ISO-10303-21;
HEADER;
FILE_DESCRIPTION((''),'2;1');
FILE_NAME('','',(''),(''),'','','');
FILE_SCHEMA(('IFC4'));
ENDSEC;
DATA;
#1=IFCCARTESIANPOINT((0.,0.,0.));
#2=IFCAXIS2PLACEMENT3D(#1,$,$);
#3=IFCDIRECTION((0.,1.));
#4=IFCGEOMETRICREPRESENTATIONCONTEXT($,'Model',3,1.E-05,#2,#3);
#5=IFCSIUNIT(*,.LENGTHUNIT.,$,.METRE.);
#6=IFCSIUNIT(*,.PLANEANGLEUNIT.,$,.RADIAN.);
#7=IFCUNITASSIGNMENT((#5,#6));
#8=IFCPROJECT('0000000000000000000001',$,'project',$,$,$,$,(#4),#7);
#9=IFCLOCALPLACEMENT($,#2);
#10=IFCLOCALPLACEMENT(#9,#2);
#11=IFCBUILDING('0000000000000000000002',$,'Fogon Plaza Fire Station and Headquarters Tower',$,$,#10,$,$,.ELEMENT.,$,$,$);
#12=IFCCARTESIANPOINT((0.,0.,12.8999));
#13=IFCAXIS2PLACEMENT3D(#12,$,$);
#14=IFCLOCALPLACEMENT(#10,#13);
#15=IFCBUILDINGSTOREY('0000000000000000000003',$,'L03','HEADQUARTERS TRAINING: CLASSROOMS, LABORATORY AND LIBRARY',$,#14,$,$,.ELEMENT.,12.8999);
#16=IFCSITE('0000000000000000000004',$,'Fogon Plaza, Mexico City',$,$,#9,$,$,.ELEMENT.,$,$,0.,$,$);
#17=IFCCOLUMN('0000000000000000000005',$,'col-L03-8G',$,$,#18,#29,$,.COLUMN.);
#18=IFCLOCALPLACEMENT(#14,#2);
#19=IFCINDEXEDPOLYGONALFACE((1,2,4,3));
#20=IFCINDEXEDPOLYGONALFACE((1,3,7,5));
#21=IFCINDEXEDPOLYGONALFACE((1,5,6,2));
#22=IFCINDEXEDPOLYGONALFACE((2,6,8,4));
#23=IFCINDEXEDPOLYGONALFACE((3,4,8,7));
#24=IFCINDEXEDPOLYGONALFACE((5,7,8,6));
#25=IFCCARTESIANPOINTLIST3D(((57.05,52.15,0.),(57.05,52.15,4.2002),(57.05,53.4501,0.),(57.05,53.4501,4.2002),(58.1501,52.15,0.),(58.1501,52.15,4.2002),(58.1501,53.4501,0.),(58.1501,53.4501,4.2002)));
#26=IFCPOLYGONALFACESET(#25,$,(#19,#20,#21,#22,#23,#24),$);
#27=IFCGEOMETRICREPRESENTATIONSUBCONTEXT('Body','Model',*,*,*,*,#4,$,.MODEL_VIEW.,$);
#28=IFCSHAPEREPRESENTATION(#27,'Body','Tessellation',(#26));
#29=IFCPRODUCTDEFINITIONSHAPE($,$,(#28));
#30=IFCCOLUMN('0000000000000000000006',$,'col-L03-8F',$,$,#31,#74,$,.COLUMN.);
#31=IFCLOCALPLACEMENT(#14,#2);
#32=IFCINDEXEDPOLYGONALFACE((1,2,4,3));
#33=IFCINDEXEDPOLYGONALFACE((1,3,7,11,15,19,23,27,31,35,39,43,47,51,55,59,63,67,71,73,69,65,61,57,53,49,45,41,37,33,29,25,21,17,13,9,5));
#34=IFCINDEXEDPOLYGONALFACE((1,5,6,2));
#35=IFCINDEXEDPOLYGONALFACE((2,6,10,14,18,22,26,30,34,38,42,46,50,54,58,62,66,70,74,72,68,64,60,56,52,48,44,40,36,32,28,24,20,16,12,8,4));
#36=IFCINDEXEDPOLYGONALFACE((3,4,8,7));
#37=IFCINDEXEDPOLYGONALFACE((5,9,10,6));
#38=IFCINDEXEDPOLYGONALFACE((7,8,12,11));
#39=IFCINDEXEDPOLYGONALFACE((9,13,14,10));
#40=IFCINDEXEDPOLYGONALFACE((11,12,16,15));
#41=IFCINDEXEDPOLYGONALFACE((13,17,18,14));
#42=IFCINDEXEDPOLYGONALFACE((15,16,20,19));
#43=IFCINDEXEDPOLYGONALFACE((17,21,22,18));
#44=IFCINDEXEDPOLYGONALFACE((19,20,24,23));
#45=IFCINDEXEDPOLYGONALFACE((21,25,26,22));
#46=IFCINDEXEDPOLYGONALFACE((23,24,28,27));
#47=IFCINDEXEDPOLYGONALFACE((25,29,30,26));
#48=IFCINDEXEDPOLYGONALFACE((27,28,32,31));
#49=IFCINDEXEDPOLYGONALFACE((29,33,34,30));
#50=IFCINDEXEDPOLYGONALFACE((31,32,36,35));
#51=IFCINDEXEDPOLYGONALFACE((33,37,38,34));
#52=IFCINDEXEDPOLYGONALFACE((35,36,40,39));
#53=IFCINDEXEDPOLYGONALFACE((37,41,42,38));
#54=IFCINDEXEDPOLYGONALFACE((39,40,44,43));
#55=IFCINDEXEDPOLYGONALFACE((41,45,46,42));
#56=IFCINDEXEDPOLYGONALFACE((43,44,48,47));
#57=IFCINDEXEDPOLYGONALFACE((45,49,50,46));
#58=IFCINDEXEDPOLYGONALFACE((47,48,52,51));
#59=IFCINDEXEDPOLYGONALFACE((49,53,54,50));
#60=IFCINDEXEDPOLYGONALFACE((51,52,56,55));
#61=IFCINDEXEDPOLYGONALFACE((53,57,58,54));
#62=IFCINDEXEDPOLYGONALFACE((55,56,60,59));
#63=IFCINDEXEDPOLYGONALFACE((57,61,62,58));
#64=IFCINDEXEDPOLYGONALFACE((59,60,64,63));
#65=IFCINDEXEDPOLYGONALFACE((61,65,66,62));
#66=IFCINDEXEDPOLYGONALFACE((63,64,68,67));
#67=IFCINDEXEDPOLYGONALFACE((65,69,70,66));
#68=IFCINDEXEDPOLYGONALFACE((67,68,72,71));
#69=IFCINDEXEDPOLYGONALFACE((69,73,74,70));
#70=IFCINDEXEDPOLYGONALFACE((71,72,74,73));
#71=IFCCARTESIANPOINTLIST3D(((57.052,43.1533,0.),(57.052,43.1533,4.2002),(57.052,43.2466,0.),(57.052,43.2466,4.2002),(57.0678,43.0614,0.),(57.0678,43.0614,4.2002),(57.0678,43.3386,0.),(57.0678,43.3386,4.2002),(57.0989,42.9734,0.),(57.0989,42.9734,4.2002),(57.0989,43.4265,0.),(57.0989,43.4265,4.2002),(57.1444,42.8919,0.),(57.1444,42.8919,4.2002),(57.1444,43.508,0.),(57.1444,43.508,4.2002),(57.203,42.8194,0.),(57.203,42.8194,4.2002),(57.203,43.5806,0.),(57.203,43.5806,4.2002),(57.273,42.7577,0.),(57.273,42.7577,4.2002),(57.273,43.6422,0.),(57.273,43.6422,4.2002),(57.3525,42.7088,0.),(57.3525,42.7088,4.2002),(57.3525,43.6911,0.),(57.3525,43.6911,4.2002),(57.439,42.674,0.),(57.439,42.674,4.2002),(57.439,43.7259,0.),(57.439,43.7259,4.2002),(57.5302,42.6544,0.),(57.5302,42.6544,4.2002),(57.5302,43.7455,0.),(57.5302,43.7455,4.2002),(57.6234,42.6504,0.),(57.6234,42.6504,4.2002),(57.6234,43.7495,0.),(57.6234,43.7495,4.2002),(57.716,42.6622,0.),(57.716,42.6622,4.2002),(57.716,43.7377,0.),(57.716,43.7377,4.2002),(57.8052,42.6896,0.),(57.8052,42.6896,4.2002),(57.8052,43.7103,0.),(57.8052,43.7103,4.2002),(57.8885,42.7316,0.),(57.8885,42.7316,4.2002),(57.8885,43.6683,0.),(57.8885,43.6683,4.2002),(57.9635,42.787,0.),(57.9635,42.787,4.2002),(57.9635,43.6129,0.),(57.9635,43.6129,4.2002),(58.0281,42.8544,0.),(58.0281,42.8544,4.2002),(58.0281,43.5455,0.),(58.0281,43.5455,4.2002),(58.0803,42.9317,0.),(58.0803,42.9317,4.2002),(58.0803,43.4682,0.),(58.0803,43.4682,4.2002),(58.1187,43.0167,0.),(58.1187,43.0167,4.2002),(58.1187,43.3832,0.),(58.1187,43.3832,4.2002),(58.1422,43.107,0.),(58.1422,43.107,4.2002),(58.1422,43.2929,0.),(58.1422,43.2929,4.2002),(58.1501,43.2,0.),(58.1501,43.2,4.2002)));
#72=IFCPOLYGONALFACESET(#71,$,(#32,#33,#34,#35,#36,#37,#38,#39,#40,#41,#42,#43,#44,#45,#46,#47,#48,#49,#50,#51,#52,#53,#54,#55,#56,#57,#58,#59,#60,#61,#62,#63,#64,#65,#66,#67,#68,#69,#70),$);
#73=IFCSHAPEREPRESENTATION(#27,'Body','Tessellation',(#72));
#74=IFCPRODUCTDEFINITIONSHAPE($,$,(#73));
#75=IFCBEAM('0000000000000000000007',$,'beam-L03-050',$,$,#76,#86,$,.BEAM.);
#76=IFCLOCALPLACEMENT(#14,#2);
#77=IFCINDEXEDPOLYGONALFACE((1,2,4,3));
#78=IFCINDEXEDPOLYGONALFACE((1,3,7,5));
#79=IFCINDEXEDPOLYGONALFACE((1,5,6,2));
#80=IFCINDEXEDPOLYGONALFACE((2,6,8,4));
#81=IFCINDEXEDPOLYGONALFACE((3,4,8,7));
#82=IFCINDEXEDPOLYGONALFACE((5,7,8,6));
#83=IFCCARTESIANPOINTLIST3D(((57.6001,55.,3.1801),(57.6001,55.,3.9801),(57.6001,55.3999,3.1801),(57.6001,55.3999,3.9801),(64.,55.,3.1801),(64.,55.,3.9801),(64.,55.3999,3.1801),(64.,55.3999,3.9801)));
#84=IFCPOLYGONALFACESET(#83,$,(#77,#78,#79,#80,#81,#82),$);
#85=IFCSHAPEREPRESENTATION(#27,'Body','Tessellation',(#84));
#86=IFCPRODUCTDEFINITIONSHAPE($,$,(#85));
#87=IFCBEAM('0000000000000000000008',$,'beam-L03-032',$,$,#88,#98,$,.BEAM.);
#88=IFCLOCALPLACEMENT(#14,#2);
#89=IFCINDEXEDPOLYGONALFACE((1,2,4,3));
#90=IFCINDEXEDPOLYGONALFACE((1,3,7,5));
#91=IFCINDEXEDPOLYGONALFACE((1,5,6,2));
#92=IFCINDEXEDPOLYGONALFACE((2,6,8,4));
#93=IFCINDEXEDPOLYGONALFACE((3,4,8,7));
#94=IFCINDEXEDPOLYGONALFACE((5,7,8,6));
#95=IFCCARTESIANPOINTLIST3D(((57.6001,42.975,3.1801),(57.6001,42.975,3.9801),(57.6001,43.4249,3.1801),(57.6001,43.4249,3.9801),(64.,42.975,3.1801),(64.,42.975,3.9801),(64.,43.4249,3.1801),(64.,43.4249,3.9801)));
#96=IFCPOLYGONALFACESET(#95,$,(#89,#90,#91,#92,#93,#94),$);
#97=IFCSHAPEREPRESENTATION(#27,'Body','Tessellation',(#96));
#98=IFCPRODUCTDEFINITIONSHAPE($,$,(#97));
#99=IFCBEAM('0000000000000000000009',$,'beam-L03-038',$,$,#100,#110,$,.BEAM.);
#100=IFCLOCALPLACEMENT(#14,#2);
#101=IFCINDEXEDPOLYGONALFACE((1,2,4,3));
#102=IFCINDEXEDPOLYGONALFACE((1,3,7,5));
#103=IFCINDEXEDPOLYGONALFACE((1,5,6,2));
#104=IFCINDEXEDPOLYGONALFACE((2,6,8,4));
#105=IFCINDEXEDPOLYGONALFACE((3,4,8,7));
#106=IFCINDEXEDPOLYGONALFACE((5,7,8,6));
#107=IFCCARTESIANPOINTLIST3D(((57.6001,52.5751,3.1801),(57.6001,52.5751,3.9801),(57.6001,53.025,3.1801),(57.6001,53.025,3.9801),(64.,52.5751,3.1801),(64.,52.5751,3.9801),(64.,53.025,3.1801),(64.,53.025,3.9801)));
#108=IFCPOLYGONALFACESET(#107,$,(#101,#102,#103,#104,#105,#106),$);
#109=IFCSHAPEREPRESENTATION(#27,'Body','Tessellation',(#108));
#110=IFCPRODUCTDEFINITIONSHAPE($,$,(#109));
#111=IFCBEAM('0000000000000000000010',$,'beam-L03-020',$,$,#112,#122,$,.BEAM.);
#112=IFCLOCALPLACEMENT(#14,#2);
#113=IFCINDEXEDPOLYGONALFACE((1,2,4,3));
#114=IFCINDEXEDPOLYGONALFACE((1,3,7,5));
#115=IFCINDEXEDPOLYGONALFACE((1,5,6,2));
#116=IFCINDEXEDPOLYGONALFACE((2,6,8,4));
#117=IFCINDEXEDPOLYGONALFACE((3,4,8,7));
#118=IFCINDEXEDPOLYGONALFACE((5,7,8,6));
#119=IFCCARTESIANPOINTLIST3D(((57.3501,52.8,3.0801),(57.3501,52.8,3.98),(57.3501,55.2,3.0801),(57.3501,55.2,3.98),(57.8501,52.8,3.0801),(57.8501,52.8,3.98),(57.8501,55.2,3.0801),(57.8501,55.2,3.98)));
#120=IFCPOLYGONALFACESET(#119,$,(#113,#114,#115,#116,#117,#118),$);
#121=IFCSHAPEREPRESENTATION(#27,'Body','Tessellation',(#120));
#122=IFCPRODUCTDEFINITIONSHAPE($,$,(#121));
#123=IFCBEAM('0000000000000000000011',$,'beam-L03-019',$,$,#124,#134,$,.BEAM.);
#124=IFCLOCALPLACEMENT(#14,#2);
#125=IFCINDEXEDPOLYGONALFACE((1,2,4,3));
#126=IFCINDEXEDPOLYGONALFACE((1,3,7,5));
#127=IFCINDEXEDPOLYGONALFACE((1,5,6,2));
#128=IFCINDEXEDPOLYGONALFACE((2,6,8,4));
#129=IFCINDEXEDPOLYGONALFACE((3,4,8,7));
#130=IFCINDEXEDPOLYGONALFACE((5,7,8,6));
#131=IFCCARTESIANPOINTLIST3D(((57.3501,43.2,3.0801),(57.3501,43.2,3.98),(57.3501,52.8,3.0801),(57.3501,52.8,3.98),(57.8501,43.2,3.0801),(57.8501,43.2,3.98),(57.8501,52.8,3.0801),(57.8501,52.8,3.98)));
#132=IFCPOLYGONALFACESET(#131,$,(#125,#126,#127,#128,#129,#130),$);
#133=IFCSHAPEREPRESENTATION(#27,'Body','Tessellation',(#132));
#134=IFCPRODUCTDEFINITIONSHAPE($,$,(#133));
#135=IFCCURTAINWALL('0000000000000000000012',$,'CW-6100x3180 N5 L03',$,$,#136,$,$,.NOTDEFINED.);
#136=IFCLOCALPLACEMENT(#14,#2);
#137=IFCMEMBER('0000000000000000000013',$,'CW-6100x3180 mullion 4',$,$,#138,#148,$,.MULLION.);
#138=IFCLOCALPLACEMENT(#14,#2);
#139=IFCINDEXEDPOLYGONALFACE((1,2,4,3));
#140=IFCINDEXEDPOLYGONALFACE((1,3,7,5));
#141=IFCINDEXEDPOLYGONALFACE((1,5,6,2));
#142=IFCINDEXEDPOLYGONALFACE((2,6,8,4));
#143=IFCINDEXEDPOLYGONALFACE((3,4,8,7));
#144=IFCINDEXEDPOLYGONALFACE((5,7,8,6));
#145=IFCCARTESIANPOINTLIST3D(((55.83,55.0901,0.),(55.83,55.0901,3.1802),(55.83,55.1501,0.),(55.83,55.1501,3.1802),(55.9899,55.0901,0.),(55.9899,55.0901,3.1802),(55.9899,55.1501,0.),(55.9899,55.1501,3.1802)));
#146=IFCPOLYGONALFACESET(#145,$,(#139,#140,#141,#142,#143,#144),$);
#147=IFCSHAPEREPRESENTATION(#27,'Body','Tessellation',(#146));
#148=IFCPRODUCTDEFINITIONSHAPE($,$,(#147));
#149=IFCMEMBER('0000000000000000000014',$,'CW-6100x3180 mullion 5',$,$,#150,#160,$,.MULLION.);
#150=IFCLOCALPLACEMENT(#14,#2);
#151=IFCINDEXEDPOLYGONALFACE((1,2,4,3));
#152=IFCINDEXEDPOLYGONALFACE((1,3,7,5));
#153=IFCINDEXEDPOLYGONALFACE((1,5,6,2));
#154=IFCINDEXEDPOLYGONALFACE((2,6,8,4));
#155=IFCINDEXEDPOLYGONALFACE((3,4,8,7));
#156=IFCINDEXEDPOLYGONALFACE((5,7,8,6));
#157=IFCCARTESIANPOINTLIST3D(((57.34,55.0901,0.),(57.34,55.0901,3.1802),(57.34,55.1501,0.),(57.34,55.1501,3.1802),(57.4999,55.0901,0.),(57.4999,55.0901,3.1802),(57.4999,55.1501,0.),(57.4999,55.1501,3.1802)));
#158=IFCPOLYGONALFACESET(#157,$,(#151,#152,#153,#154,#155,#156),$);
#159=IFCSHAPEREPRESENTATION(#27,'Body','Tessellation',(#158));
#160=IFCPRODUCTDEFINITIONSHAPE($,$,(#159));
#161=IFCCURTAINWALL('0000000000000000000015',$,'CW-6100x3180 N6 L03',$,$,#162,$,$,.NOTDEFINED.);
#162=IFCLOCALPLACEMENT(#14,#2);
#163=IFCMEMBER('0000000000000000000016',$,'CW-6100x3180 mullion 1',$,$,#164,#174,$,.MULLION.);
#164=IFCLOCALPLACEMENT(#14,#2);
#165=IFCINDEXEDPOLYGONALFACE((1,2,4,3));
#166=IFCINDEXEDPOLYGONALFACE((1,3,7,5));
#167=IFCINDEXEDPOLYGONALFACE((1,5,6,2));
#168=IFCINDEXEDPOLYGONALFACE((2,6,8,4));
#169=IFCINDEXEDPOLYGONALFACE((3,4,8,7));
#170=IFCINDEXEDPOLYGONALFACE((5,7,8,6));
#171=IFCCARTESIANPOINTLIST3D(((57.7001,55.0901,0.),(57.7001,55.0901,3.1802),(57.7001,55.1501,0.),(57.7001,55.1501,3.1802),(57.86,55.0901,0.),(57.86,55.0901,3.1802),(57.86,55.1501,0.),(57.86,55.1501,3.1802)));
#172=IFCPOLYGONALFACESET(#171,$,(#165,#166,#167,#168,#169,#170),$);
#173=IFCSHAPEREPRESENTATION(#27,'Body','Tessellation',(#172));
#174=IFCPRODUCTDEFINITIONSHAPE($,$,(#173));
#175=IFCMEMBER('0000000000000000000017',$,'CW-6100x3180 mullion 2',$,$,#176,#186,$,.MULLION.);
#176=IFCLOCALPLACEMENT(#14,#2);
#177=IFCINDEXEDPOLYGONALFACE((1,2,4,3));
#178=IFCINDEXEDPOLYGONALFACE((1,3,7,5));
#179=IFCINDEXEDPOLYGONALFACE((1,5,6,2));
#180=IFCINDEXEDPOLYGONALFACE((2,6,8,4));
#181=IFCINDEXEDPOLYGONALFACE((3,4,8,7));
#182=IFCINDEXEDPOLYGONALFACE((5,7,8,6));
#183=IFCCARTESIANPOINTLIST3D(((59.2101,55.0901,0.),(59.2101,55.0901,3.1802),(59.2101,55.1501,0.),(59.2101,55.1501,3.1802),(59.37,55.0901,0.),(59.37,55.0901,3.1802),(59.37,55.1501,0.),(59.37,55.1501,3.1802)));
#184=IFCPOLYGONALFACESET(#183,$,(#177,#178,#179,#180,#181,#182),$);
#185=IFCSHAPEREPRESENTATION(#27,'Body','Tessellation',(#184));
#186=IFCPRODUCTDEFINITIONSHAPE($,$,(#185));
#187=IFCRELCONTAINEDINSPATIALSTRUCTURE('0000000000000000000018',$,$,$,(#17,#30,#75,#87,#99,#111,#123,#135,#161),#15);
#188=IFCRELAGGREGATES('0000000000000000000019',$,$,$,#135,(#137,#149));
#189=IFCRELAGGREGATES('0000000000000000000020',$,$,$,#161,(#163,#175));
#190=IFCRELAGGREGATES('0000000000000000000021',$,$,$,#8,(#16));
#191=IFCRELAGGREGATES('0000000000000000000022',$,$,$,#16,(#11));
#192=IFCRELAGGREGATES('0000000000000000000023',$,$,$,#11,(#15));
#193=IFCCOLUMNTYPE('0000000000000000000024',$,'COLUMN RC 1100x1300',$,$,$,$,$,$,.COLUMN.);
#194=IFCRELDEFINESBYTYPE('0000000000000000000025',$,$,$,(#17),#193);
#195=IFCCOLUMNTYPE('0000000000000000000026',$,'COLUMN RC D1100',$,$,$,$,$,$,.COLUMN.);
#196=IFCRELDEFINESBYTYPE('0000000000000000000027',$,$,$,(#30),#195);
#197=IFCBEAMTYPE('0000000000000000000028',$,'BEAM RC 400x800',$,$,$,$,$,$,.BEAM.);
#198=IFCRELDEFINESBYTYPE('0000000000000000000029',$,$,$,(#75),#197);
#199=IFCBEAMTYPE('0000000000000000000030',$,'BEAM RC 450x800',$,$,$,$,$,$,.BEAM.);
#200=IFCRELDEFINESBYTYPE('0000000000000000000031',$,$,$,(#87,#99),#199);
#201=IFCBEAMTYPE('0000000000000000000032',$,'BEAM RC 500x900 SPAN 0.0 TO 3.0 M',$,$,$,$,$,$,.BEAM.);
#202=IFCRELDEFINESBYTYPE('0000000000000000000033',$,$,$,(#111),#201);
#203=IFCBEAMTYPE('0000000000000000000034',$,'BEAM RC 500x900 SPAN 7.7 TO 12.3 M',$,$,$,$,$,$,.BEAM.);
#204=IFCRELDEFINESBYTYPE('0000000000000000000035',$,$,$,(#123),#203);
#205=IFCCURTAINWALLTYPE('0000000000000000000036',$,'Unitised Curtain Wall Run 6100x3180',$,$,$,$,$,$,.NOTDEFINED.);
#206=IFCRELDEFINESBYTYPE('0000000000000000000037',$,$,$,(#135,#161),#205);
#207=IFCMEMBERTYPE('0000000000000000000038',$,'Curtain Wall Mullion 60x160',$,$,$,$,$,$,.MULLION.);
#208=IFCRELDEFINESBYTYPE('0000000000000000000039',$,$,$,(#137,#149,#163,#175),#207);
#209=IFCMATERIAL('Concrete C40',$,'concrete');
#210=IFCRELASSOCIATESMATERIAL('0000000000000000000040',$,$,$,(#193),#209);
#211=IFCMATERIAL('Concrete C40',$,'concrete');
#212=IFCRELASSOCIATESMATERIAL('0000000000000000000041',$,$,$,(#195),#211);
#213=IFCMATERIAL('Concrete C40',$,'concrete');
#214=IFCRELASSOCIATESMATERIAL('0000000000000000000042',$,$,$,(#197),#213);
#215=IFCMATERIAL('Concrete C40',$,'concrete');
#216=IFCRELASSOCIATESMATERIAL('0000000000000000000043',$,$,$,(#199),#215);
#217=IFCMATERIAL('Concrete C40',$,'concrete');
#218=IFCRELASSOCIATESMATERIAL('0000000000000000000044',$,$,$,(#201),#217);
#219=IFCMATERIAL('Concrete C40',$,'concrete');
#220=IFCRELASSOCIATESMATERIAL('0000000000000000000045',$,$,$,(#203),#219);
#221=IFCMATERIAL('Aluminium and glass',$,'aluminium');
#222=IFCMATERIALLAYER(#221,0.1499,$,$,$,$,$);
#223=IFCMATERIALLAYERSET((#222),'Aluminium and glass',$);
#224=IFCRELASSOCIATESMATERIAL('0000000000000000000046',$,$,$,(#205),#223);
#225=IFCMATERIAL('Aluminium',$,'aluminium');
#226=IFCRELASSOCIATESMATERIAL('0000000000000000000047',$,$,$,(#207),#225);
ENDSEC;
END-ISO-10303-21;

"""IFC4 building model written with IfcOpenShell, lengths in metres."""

from ifc_helpers import new_model, si_unit, direction, frame, origin, origin_2d, place, context, subcontext, project, spatial, rectangle, circle, extrude, material, layer, layer_set, material_profile, profile_set, type_object, element, aggregate, save


model = new_model("IFC4")

# Units and contexts
model_context = context("Model", 3, precision=1e-05, world=origin(), true_north=direction((0.0, 1.0)))
body_context = subcontext(model_context, "Body", "Model", "MODEL_VIEW")
ifc_project = project(units=[si_unit("LENGTHUNIT", "METRE"), si_unit("PLANEANGLEUNIT", "RADIAN")], contexts=[model_context])

# Site, building, storey
site_placement = place(None, origin())
site = spatial("IfcSite", under=ifc_project, at=site_placement, Name="Fogon Plaza, Mexico City", CompositionType="ELEMENT", RefElevation=0.0)
building_placement = place(site_placement, origin())
building = spatial("IfcBuilding", under=site, at=building_placement, Name="Fogon Plaza Fire Station and Headquarters Tower", CompositionType="ELEMENT")
storey_placement = place(building_placement, frame((0.0, 0.0, 12.8999)))
storey = spatial("IfcBuildingStorey", under=building, at=storey_placement, Name="L03", Description="HEADQUARTERS TRAINING: CLASSROOMS, LABORATORY AND LIBRARY", CompositionType="ELEMENT", Elevation=12.8999)

# Columns
ifc_material_1 = material(Name="Concrete C40", Category="concrete")
ifc_material_profile_1 = material_profile(ifc_material_1, rectangle(XDim=1.1001, YDim=1.3, at=origin_2d()), Name="RC 1100x1300")
ifc_profile_set_1 = profile_set([ifc_material_profile_1], Name="Concrete C40")
column_type_1 = type_object("IfcColumnType", Name="COLUMN RC 1100x1300", PredefinedType="COLUMN", material=ifc_profile_set_1)
column_1_placement = place(storey_placement, frame((57.6001, 52.8, 0.0), z_axis=(0.0, 0.0, 1.0), x_axis=(1.0, 0.0, 0.0)))
element("IfcColumn", 1, at=column_1_placement, inside=storey, type_object=column_type_1, Name="col-L03-8G", PredefinedType="COLUMN", context=body_context, shape_type="SweptSolid", body=[
    extrude(rectangle(XDim=1.1001, YDim=1.3, at=origin_2d()), origin(), (0.0, 0.0, 1.0), 4.2002),
])
ifc_material_2 = material(Name="Concrete C40", Category="concrete")
ifc_material_profile_2 = material_profile(ifc_material_2, circle(Radius=0.55, at=origin_2d()), Name="RC D1100")
ifc_profile_set_2 = profile_set([ifc_material_profile_2], Name="Concrete C40")
column_type_2 = type_object("IfcColumnType", Name="COLUMN RC D1100", PredefinedType="COLUMN", material=ifc_profile_set_2)
column_2_placement = place(storey_placement, frame((57.6001, 43.2, 0.0), z_axis=(0.0, 0.0, 1.0), x_axis=(1.0, 0.0, 0.0)))
element("IfcColumn", 2, at=column_2_placement, inside=storey, type_object=column_type_2, Name="col-L03-8F", PredefinedType="COLUMN", context=body_context, shape_type="SweptSolid", body=[
    extrude(circle(Radius=0.55, at=origin_2d()), origin(), (0.0, 0.0, 1.0), 4.2002),
])

# Beams
ifc_material_3 = material(Name="Concrete C40", Category="concrete")
ifc_material_profile_3 = material_profile(ifc_material_3, rectangle(XDim=0.3999, YDim=0.8, at=origin_2d()), Name="RC 400x800")
ifc_profile_set_3 = profile_set([ifc_material_profile_3], Name="Concrete C40")
beam_type_1 = type_object("IfcBeamType", Name="BEAM RC 400x800", PredefinedType="BEAM", material=ifc_profile_set_3)
beam_1_placement = place(storey_placement, frame((57.6001, 55.2, 3.5801), z_axis=(1.0, 0.0, 0.0), x_axis=(0.0, 1.0, 0.0)))
element("IfcBeam", 3, at=beam_1_placement, inside=storey, type_object=beam_type_1, Name="beam-L03-050", PredefinedType="BEAM", context=body_context, shape_type="SweptSolid", body=[
    extrude(rectangle(XDim=0.3999, YDim=0.8, at=origin_2d()), origin(), (0.0, 0.0, 1.0), 6.3999),
])
ifc_material_4 = material(Name="Concrete C40", Category="concrete")
ifc_material_profile_4 = material_profile(ifc_material_4, rectangle(XDim=0.45, YDim=0.8, at=origin_2d()), Name="RC 450x800")
ifc_profile_set_4 = profile_set([ifc_material_profile_4], Name="Concrete C40")
beam_type_2 = type_object("IfcBeamType", Name="BEAM RC 450x800", PredefinedType="BEAM", material=ifc_profile_set_4)
for number, where, z_axis, x_axis, name in (
    (4, (57.6001, 43.2, 3.5801), (1.0, 0.0, 0.0), (0.0, 1.0, 0.0), "beam-L03-032"),
    (5, (57.6001, 52.8, 3.5801), (1.0, 0.0, 0.0), (0.0, 1.0, 0.0), "beam-L03-038"),
):
    element("IfcBeam", number, at=place(storey_placement, frame(where, z_axis=z_axis, x_axis=x_axis)), inside=storey, type_object=beam_type_2, Name=name, PredefinedType="BEAM", context=body_context, shape_type="SweptSolid", body=[
        extrude(rectangle(XDim=0.45, YDim=0.8, at=origin_2d()), origin(), (0.0, 0.0, 1.0), 6.3999),
    ])
ifc_material_5 = material(Name="Concrete C40", Category="concrete")
ifc_material_profile_5 = material_profile(ifc_material_5, rectangle(XDim=0.5, YDim=0.8999, at=origin_2d()), Name="RC 500x900")
ifc_profile_set_5 = profile_set([ifc_material_profile_5], Name="Concrete C40")
beam_type_3 = type_object("IfcBeamType", Name="BEAM RC 500x900 SPAN 0.0 TO 3.0 M", PredefinedType="BEAM", material=ifc_profile_set_5)
beam_2_placement = place(storey_placement, frame((57.6001, 52.8, 3.53), z_axis=(0.0, 1.0, 0.0), x_axis=(-1.0, 0.0, 0.0)))
element("IfcBeam", 6, at=beam_2_placement, inside=storey, type_object=beam_type_3, Name="beam-L03-020", PredefinedType="BEAM", context=body_context, shape_type="SweptSolid", body=[
    extrude(rectangle(XDim=0.5, YDim=0.8999, at=origin_2d()), origin(), (0.0, 0.0, 1.0), 2.3999),
])
ifc_material_6 = material(Name="Concrete C40", Category="concrete")
ifc_material_profile_6 = material_profile(ifc_material_6, rectangle(XDim=0.5, YDim=0.8999, at=origin_2d()), Name="RC 500x900")
ifc_profile_set_6 = profile_set([ifc_material_profile_6], Name="Concrete C40")
beam_type_4 = type_object("IfcBeamType", Name="BEAM RC 500x900 SPAN 7.7 TO 12.3 M", PredefinedType="BEAM", material=ifc_profile_set_6)
beam_3_placement = place(storey_placement, frame((57.6001, 43.2, 3.53), z_axis=(0.0, 1.0, 0.0), x_axis=(-1.0, 0.0, 0.0)))
element("IfcBeam", 7, at=beam_3_placement, inside=storey, type_object=beam_type_4, Name="beam-L03-019", PredefinedType="BEAM", context=body_context, shape_type="SweptSolid", body=[
    extrude(rectangle(XDim=0.5, YDim=0.8999, at=origin_2d()), origin(), (0.0, 0.0, 1.0), 9.6001),
])

# Curtain walls, members
ifc_material_7 = material(Name="Aluminium and glass", Category="aluminium")
ifc_layer_1 = layer(ifc_material_7, 0.1499)
ifc_layer_set_1 = layer_set([ifc_layer_1], Name="Aluminium and glass")
curtain_wall_type = type_object("IfcCurtainWallType", Name="Unitised Curtain Wall Run 6100x3180", PredefinedType="NOTDEFINED", material=ifc_layer_set_1)
curtain_wall_1_placement = place(storey_placement, origin())
curtain_wall_1 = element("IfcCurtainWall", 8, at=curtain_wall_1_placement, inside=storey, type_object=curtain_wall_type, Name="CW-6100x3180 N5 L03", PredefinedType="NOTDEFINED")
ifc_material_8 = material(Name="Aluminium", Category="aluminium")
ifc_material_profile_7 = material_profile(ifc_material_8, rectangle(XDim=0.0601, YDim=0.1599, at=origin_2d()), Name="Curtain Wall Mullion 60x160")
ifc_profile_set_7 = profile_set([ifc_material_profile_7], Name="Aluminium")
member_type_1 = type_object("IfcMemberType", Name="Curtain Wall Mullion 60x160", PredefinedType="MULLION", material=ifc_profile_set_7)
member_1_placement = place(storey_placement, frame((55.9099, 55.1201, 0.0), z_axis=(0.0, 0.0, 1.0), x_axis=(0.0, 1.0, 0.0)))
member_1 = element("IfcMember", 9, at=member_1_placement, type_object=member_type_1, Name="CW-6100x3180 mullion 4", PredefinedType="MULLION", context=body_context, shape_type="SweptSolid", body=[
    extrude(rectangle(XDim=0.0601, YDim=0.1599, at=origin_2d()), origin(), (0.0, 0.0, 1.0), 3.1802),
])
member_2_placement = place(storey_placement, frame((57.4199, 55.1201, 0.0), z_axis=(0.0, 0.0, 1.0), x_axis=(0.0, 1.0, 0.0)))
member_2 = element("IfcMember", 10, at=member_2_placement, type_object=member_type_1, Name="CW-6100x3180 mullion 5", PredefinedType="MULLION", context=body_context, shape_type="SweptSolid", body=[
    extrude(rectangle(XDim=0.0601, YDim=0.1599, at=origin_2d()), origin(), (0.0, 0.0, 1.0), 3.1802),
])
curtain_wall_2_placement = place(storey_placement, origin())
curtain_wall_2 = element("IfcCurtainWall", 11, at=curtain_wall_2_placement, inside=storey, type_object=curtain_wall_type, Name="CW-6100x3180 N6 L03", PredefinedType="NOTDEFINED")
member_3_placement = place(storey_placement, frame((57.78, 55.1201, 0.0), z_axis=(0.0, 0.0, 1.0), x_axis=(0.0, 1.0, 0.0)))
member_3 = element("IfcMember", 12, at=member_3_placement, type_object=member_type_1, Name="CW-6100x3180 mullion 1", PredefinedType="MULLION", context=body_context, shape_type="SweptSolid", body=[
    extrude(rectangle(XDim=0.0601, YDim=0.1599, at=origin_2d()), origin(), (0.0, 0.0, 1.0), 3.1802),
])
member_4_placement = place(storey_placement, frame((59.29, 55.1201, 0.0), z_axis=(0.0, 0.0, 1.0), x_axis=(0.0, 1.0, 0.0)))
member_4 = element("IfcMember", 13, at=member_4_placement, type_object=member_type_1, Name="CW-6100x3180 mullion 2", PredefinedType="MULLION", context=body_context, shape_type="SweptSolid", body=[
    extrude(rectangle(XDim=0.0601, YDim=0.1599, at=origin_2d()), origin(), (0.0, 0.0, 1.0), 3.1802),
])

aggregate(curtain_wall_1, [member_1, member_2])
aggregate(curtain_wall_2, [member_3, member_4])

save(model, "model.ifc")
